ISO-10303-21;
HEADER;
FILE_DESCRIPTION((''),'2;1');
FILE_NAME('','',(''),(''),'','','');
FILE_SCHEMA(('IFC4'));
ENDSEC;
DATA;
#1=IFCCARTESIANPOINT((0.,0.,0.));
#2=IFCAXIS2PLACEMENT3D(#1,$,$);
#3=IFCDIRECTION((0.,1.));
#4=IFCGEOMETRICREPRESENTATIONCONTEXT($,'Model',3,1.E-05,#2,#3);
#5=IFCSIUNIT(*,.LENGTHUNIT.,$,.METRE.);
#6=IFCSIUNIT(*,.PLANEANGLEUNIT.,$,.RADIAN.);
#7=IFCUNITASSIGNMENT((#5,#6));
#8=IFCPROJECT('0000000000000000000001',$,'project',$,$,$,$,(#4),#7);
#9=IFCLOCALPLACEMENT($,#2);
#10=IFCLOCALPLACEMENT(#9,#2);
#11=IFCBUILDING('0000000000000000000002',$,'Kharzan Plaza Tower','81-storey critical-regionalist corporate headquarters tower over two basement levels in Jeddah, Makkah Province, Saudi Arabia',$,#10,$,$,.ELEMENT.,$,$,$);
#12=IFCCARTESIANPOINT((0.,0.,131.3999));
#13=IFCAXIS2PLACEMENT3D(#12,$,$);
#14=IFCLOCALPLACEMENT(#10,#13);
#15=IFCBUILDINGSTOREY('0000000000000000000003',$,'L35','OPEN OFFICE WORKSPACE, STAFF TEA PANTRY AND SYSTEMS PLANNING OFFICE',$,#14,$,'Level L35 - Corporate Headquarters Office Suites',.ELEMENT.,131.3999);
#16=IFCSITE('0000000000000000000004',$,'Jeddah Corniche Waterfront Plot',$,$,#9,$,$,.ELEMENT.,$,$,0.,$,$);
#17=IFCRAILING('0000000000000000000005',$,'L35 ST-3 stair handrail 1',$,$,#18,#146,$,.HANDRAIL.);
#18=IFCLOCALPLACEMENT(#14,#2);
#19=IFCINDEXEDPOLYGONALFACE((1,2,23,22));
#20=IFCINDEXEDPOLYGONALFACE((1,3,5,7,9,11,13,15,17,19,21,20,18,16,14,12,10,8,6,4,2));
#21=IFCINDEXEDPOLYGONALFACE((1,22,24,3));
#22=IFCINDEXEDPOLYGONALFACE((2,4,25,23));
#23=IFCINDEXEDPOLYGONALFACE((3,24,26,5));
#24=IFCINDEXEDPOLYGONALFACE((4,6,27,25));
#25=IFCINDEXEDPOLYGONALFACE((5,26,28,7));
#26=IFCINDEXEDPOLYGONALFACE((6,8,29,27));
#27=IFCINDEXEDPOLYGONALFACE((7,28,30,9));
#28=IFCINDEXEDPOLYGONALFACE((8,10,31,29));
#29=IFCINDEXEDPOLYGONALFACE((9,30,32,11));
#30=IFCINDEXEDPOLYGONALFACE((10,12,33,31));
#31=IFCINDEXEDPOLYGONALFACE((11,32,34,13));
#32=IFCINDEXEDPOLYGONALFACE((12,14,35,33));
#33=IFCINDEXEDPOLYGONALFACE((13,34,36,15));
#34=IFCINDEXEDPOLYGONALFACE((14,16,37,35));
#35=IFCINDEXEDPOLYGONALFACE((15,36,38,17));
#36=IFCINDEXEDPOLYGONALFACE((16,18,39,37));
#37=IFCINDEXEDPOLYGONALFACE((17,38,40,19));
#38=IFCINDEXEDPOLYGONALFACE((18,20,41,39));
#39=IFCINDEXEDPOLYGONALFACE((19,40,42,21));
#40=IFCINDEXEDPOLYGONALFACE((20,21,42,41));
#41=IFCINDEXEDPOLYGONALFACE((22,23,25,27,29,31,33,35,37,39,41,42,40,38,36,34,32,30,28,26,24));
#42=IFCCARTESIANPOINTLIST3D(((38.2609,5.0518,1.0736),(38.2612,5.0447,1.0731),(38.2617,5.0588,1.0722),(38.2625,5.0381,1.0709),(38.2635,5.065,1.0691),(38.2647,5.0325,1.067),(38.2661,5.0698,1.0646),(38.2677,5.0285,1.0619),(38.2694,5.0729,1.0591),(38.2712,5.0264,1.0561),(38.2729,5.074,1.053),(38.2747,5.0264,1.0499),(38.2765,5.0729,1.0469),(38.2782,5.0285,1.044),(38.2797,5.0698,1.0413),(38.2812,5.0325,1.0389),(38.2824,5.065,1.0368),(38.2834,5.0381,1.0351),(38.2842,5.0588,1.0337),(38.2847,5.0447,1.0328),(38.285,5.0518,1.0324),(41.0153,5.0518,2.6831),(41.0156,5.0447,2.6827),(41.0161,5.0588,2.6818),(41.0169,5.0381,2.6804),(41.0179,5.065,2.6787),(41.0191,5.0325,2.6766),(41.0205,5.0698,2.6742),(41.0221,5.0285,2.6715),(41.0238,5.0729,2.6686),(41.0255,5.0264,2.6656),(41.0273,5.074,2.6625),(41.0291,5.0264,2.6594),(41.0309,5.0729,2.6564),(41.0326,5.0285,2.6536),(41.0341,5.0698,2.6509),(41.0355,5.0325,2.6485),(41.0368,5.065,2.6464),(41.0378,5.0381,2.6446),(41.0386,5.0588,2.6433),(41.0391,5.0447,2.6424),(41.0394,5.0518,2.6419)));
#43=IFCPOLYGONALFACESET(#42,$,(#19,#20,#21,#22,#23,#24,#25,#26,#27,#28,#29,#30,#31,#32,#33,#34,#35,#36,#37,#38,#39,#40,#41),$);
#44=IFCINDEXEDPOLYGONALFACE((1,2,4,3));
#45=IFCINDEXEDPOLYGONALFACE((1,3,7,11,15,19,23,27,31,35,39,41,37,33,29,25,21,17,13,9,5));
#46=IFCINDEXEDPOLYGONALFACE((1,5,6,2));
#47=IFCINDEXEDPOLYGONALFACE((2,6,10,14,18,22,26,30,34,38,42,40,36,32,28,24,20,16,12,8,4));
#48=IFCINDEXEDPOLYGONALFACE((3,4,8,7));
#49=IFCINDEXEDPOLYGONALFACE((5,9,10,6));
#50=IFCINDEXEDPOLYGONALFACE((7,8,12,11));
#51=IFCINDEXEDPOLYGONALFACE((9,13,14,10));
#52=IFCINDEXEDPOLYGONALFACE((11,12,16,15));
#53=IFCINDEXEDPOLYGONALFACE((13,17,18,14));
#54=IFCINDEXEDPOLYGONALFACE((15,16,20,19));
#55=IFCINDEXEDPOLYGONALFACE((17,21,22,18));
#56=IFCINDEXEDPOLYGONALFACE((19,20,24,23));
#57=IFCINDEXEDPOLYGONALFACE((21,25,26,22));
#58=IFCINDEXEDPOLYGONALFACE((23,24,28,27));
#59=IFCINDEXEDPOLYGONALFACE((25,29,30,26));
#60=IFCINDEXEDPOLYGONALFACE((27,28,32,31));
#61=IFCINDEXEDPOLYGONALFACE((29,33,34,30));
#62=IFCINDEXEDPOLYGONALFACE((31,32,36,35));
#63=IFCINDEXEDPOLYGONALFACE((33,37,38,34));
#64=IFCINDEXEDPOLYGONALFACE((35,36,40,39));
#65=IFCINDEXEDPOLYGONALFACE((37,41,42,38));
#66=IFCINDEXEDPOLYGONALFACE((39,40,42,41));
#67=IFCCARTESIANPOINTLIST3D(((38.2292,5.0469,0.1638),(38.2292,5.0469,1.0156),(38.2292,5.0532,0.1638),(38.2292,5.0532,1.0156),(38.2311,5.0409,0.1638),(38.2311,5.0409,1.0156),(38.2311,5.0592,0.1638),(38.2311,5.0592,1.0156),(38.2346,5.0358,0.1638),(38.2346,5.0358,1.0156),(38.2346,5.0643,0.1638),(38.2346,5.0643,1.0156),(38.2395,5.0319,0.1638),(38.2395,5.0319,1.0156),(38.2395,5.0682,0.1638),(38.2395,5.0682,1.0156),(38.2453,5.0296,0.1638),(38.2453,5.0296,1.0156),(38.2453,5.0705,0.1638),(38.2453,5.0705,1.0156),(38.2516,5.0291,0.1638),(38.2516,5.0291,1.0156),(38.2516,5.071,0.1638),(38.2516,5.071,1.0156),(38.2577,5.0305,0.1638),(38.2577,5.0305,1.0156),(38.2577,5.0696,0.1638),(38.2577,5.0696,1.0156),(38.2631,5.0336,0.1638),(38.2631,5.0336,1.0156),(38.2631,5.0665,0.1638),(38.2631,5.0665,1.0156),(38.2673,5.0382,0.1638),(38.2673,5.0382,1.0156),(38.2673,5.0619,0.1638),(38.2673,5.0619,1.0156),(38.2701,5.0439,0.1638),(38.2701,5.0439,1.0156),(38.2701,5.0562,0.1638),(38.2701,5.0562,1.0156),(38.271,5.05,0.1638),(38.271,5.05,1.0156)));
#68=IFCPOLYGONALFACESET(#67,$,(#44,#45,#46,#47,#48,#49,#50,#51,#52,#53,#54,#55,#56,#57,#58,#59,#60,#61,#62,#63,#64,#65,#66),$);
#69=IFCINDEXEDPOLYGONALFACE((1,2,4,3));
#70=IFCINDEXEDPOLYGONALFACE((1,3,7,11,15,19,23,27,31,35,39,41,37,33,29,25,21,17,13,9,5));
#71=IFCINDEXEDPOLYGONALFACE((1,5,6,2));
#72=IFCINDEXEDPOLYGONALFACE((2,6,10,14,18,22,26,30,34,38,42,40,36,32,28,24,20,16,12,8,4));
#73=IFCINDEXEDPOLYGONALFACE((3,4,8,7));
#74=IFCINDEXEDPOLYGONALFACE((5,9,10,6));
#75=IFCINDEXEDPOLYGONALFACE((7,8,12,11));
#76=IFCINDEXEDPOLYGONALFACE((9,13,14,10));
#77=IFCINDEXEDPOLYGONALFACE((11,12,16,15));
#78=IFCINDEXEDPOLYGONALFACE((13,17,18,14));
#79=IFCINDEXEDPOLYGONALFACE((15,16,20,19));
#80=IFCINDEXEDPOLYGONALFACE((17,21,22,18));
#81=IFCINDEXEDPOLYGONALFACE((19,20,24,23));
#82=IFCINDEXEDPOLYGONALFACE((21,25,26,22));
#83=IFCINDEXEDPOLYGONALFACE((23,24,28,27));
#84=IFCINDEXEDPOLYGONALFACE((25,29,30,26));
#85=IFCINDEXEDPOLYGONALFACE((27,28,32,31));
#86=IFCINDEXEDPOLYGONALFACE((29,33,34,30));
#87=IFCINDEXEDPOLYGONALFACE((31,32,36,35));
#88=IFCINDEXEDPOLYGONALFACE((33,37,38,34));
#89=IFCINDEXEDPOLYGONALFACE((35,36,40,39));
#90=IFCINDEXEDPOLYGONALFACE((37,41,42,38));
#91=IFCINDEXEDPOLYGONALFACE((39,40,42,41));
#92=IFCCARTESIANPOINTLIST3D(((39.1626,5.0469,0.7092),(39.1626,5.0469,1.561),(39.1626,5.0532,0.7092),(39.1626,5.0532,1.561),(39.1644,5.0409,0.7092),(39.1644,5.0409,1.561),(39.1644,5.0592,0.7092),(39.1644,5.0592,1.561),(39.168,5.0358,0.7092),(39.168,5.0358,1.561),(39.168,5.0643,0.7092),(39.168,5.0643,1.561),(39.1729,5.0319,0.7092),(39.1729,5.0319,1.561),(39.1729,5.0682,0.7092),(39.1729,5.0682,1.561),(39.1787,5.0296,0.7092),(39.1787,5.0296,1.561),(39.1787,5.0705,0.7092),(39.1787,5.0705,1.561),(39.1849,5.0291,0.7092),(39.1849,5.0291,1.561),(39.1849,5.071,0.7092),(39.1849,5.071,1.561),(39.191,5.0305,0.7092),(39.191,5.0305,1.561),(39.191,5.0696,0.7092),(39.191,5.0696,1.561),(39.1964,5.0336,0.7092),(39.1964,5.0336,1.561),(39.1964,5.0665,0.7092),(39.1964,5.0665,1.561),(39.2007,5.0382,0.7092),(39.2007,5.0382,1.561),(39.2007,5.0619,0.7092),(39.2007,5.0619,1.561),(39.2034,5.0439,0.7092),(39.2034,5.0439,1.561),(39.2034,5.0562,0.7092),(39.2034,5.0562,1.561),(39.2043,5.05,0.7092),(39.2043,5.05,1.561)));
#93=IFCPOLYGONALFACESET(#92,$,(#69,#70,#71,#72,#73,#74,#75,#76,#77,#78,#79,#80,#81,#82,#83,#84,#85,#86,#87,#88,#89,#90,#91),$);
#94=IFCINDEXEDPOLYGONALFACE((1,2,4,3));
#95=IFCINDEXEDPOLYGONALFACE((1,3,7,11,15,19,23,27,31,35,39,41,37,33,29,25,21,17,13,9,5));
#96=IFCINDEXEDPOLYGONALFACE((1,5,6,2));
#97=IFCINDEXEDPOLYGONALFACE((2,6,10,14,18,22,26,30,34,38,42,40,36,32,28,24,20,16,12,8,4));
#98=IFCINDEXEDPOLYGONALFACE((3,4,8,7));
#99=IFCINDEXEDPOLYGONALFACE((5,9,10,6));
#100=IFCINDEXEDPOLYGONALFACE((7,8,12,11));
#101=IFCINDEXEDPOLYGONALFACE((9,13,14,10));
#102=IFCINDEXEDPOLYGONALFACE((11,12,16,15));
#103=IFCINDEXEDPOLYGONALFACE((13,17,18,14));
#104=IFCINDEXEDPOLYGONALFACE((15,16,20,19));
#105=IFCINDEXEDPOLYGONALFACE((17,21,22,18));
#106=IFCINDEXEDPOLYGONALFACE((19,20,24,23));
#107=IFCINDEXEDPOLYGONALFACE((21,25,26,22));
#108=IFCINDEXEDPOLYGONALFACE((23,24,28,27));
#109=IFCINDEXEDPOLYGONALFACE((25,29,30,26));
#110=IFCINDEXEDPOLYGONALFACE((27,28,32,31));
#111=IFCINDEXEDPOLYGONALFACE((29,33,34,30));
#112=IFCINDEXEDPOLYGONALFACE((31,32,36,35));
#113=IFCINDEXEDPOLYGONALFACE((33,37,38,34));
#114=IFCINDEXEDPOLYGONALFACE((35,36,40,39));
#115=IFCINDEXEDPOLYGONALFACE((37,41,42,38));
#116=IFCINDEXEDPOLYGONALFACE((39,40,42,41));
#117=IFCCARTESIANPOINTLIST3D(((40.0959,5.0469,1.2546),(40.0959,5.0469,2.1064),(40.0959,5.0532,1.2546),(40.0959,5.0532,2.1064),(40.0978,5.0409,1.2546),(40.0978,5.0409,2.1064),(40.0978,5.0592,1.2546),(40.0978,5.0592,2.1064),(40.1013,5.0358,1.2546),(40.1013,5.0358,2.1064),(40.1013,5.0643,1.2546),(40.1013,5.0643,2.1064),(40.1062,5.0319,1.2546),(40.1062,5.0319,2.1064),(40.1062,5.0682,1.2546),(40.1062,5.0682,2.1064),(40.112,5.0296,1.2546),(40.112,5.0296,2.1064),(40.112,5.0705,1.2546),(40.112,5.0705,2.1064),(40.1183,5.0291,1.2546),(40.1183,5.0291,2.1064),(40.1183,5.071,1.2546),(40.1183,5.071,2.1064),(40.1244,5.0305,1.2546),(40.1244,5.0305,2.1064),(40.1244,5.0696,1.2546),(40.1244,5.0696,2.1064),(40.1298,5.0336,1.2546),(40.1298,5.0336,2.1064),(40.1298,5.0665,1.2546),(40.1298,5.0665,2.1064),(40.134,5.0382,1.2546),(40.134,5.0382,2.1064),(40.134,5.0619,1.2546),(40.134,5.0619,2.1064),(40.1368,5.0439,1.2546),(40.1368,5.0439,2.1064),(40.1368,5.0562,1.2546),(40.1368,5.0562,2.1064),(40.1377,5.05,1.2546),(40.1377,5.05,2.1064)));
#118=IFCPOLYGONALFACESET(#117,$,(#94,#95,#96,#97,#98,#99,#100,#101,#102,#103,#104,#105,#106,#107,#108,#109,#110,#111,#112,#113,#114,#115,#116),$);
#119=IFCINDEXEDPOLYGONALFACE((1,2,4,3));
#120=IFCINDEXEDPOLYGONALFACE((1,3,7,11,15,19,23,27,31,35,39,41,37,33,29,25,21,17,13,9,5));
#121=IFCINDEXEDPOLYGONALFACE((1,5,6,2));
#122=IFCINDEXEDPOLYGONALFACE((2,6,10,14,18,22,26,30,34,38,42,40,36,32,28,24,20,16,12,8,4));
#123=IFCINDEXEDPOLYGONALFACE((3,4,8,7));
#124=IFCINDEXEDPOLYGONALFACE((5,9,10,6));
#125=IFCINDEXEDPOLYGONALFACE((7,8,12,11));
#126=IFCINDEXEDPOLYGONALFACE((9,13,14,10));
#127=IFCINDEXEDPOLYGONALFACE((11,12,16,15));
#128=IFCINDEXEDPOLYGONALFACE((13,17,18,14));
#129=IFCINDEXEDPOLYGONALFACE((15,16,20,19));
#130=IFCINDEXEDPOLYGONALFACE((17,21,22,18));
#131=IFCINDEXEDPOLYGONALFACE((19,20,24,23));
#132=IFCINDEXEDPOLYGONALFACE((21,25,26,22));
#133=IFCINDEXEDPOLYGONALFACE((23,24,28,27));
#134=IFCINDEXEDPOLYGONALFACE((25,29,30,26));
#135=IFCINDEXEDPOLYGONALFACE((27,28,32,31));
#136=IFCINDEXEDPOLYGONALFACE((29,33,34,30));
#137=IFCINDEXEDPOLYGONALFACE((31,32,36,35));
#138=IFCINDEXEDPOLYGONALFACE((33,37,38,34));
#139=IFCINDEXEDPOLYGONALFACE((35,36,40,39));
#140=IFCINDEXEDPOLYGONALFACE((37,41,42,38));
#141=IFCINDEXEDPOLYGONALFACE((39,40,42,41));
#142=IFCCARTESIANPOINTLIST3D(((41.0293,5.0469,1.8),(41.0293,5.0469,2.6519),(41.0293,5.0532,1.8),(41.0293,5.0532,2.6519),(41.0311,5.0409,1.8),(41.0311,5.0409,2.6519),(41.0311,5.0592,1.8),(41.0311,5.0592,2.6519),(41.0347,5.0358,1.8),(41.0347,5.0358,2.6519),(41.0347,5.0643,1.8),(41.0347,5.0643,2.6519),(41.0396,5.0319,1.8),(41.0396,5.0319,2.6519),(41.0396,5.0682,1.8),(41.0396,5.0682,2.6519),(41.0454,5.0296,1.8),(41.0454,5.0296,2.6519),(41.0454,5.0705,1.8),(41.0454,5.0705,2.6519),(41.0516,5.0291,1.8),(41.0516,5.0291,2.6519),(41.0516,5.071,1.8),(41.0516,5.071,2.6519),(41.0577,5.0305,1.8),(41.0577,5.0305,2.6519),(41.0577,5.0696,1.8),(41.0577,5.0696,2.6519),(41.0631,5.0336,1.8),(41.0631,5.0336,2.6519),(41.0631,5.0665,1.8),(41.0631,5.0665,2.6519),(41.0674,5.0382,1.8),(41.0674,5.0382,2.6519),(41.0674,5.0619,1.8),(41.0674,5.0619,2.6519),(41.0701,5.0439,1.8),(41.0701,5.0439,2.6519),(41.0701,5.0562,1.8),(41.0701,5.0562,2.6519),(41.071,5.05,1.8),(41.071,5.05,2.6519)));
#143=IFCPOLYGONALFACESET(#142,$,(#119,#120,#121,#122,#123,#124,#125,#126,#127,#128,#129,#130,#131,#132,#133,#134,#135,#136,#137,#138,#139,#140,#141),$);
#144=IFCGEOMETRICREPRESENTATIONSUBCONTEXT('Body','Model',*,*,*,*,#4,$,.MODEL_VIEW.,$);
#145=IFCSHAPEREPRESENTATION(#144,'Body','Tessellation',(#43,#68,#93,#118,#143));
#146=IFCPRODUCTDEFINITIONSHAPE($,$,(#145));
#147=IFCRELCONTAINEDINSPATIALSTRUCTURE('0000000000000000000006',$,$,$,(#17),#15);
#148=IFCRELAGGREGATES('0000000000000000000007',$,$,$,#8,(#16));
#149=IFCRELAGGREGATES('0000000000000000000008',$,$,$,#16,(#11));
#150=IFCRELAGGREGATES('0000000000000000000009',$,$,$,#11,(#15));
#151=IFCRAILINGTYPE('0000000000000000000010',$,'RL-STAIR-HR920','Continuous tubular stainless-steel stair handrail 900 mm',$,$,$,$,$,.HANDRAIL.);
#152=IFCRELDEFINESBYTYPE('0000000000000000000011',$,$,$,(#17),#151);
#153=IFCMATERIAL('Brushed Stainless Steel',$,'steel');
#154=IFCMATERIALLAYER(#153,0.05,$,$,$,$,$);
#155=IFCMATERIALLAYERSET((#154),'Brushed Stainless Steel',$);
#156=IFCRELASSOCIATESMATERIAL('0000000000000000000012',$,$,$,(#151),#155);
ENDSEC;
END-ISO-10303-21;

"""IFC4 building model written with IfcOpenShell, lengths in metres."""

from ifc_helpers import new_model, si_unit, direction, frame, origin, origin_2d, place, context, subcontext, project, spatial, circle, extrude, source, transform, mapped, material, layer, layer_set, type_object, element, save


model = new_model("IFC4")

# Units and contexts
model_context = context("Model", 3, precision=1e-05, world=origin(), true_north=direction((0.0, 1.0)))
body_context = subcontext(model_context, "Body", "Model", "MODEL_VIEW")
ifc_project = project(units=[si_unit("LENGTHUNIT", "METRE"), si_unit("PLANEANGLEUNIT", "RADIAN")], contexts=[model_context])

# Site, building, storey
site_placement = place(None, origin())
site = spatial("IfcSite", under=ifc_project, at=site_placement, Name="Jeddah Corniche Waterfront Plot", CompositionType="ELEMENT", RefElevation=0.0)
building_placement = place(site_placement, origin())
building = spatial("IfcBuilding", under=site, at=building_placement, Name="Kharzan Plaza Tower", Description="81-storey critical-regionalist corporate headquarters tower over two basement levels in Jeddah, Makkah Province, Saudi Arabia", CompositionType="ELEMENT")
storey_placement = place(building_placement, frame((0.0, 0.0, 131.3999)))
storey = spatial("IfcBuildingStorey", under=building, at=storey_placement, Name="L35", Description="OPEN OFFICE WORKSPACE, STAFF TEA PANTRY AND SYSTEMS PLANNING OFFICE", LongName="Level L35 - Corporate Headquarters Office Suites", CompositionType="ELEMENT", Elevation=131.3999)

# Railing
ifc_material_1 = material(Name="Brushed Stainless Steel", Category="steel")
ifc_layer_1 = layer(ifc_material_1, 0.05)
ifc_layer_set_1 = layer_set([ifc_layer_1], Name="Brushed Stainless Steel")
railing_type_1 = type_object("IfcRailingType", Name="RL-STAIR-HR920", Description="Continuous tubular stainless-steel stair handrail 900 mm", PredefinedType="HANDRAIL", material=ifc_layer_set_1)
shared_shape_1 = source(origin(), body_context, "Body", "SweptSolid", [
    extrude(circle(Radius=0.0239, at=origin_2d()), frame((0.0229, 0.0, 0.8892), z_axis=(0.863394, 0.0, 0.504531), x_axis=(0.0, 1.0, 0.0)), (0.0, 0.0, 1.0), 3.1902),
    extrude(circle(Radius=0.021, at=origin_2d()), origin(), (0.0, 0.0, 1.0), 0.8518),
    extrude(circle(Radius=0.021, at=origin_2d()), frame((0.9333, 0.0, 0.5454)), (0.0, 0.0, 1.0), 0.8518),
    extrude(circle(Radius=0.021, at=origin_2d()), frame((1.8667, 0.0, 1.0908)), (0.0, 0.0, 1.0), 0.8518),
    extrude(circle(Radius=0.021, at=origin_2d()), frame((2.8, 0.0, 1.6362)), (0.0, 0.0, 1.0), 0.8518),
])
railing_1_placement = place(storey_placement, frame((38.25, 5.05, 0.1638)))
element("IfcRailing", 1, at=railing_1_placement, inside=storey, type_object=railing_type_1, Name="L35 ST-3 stair handrail 1", PredefinedType="HANDRAIL", context=body_context, shape_type="MappedRepresentation", body=[
    mapped(shared_shape_1, transform((0.0, 0.0, 0.0), x_axis=(1.0, 0.0, 0.0), y_axis=(0.0, 1.0, 0.0), z_axis=(0.0, 0.0, 1.0))),
])

save(model, "model.ifc")
